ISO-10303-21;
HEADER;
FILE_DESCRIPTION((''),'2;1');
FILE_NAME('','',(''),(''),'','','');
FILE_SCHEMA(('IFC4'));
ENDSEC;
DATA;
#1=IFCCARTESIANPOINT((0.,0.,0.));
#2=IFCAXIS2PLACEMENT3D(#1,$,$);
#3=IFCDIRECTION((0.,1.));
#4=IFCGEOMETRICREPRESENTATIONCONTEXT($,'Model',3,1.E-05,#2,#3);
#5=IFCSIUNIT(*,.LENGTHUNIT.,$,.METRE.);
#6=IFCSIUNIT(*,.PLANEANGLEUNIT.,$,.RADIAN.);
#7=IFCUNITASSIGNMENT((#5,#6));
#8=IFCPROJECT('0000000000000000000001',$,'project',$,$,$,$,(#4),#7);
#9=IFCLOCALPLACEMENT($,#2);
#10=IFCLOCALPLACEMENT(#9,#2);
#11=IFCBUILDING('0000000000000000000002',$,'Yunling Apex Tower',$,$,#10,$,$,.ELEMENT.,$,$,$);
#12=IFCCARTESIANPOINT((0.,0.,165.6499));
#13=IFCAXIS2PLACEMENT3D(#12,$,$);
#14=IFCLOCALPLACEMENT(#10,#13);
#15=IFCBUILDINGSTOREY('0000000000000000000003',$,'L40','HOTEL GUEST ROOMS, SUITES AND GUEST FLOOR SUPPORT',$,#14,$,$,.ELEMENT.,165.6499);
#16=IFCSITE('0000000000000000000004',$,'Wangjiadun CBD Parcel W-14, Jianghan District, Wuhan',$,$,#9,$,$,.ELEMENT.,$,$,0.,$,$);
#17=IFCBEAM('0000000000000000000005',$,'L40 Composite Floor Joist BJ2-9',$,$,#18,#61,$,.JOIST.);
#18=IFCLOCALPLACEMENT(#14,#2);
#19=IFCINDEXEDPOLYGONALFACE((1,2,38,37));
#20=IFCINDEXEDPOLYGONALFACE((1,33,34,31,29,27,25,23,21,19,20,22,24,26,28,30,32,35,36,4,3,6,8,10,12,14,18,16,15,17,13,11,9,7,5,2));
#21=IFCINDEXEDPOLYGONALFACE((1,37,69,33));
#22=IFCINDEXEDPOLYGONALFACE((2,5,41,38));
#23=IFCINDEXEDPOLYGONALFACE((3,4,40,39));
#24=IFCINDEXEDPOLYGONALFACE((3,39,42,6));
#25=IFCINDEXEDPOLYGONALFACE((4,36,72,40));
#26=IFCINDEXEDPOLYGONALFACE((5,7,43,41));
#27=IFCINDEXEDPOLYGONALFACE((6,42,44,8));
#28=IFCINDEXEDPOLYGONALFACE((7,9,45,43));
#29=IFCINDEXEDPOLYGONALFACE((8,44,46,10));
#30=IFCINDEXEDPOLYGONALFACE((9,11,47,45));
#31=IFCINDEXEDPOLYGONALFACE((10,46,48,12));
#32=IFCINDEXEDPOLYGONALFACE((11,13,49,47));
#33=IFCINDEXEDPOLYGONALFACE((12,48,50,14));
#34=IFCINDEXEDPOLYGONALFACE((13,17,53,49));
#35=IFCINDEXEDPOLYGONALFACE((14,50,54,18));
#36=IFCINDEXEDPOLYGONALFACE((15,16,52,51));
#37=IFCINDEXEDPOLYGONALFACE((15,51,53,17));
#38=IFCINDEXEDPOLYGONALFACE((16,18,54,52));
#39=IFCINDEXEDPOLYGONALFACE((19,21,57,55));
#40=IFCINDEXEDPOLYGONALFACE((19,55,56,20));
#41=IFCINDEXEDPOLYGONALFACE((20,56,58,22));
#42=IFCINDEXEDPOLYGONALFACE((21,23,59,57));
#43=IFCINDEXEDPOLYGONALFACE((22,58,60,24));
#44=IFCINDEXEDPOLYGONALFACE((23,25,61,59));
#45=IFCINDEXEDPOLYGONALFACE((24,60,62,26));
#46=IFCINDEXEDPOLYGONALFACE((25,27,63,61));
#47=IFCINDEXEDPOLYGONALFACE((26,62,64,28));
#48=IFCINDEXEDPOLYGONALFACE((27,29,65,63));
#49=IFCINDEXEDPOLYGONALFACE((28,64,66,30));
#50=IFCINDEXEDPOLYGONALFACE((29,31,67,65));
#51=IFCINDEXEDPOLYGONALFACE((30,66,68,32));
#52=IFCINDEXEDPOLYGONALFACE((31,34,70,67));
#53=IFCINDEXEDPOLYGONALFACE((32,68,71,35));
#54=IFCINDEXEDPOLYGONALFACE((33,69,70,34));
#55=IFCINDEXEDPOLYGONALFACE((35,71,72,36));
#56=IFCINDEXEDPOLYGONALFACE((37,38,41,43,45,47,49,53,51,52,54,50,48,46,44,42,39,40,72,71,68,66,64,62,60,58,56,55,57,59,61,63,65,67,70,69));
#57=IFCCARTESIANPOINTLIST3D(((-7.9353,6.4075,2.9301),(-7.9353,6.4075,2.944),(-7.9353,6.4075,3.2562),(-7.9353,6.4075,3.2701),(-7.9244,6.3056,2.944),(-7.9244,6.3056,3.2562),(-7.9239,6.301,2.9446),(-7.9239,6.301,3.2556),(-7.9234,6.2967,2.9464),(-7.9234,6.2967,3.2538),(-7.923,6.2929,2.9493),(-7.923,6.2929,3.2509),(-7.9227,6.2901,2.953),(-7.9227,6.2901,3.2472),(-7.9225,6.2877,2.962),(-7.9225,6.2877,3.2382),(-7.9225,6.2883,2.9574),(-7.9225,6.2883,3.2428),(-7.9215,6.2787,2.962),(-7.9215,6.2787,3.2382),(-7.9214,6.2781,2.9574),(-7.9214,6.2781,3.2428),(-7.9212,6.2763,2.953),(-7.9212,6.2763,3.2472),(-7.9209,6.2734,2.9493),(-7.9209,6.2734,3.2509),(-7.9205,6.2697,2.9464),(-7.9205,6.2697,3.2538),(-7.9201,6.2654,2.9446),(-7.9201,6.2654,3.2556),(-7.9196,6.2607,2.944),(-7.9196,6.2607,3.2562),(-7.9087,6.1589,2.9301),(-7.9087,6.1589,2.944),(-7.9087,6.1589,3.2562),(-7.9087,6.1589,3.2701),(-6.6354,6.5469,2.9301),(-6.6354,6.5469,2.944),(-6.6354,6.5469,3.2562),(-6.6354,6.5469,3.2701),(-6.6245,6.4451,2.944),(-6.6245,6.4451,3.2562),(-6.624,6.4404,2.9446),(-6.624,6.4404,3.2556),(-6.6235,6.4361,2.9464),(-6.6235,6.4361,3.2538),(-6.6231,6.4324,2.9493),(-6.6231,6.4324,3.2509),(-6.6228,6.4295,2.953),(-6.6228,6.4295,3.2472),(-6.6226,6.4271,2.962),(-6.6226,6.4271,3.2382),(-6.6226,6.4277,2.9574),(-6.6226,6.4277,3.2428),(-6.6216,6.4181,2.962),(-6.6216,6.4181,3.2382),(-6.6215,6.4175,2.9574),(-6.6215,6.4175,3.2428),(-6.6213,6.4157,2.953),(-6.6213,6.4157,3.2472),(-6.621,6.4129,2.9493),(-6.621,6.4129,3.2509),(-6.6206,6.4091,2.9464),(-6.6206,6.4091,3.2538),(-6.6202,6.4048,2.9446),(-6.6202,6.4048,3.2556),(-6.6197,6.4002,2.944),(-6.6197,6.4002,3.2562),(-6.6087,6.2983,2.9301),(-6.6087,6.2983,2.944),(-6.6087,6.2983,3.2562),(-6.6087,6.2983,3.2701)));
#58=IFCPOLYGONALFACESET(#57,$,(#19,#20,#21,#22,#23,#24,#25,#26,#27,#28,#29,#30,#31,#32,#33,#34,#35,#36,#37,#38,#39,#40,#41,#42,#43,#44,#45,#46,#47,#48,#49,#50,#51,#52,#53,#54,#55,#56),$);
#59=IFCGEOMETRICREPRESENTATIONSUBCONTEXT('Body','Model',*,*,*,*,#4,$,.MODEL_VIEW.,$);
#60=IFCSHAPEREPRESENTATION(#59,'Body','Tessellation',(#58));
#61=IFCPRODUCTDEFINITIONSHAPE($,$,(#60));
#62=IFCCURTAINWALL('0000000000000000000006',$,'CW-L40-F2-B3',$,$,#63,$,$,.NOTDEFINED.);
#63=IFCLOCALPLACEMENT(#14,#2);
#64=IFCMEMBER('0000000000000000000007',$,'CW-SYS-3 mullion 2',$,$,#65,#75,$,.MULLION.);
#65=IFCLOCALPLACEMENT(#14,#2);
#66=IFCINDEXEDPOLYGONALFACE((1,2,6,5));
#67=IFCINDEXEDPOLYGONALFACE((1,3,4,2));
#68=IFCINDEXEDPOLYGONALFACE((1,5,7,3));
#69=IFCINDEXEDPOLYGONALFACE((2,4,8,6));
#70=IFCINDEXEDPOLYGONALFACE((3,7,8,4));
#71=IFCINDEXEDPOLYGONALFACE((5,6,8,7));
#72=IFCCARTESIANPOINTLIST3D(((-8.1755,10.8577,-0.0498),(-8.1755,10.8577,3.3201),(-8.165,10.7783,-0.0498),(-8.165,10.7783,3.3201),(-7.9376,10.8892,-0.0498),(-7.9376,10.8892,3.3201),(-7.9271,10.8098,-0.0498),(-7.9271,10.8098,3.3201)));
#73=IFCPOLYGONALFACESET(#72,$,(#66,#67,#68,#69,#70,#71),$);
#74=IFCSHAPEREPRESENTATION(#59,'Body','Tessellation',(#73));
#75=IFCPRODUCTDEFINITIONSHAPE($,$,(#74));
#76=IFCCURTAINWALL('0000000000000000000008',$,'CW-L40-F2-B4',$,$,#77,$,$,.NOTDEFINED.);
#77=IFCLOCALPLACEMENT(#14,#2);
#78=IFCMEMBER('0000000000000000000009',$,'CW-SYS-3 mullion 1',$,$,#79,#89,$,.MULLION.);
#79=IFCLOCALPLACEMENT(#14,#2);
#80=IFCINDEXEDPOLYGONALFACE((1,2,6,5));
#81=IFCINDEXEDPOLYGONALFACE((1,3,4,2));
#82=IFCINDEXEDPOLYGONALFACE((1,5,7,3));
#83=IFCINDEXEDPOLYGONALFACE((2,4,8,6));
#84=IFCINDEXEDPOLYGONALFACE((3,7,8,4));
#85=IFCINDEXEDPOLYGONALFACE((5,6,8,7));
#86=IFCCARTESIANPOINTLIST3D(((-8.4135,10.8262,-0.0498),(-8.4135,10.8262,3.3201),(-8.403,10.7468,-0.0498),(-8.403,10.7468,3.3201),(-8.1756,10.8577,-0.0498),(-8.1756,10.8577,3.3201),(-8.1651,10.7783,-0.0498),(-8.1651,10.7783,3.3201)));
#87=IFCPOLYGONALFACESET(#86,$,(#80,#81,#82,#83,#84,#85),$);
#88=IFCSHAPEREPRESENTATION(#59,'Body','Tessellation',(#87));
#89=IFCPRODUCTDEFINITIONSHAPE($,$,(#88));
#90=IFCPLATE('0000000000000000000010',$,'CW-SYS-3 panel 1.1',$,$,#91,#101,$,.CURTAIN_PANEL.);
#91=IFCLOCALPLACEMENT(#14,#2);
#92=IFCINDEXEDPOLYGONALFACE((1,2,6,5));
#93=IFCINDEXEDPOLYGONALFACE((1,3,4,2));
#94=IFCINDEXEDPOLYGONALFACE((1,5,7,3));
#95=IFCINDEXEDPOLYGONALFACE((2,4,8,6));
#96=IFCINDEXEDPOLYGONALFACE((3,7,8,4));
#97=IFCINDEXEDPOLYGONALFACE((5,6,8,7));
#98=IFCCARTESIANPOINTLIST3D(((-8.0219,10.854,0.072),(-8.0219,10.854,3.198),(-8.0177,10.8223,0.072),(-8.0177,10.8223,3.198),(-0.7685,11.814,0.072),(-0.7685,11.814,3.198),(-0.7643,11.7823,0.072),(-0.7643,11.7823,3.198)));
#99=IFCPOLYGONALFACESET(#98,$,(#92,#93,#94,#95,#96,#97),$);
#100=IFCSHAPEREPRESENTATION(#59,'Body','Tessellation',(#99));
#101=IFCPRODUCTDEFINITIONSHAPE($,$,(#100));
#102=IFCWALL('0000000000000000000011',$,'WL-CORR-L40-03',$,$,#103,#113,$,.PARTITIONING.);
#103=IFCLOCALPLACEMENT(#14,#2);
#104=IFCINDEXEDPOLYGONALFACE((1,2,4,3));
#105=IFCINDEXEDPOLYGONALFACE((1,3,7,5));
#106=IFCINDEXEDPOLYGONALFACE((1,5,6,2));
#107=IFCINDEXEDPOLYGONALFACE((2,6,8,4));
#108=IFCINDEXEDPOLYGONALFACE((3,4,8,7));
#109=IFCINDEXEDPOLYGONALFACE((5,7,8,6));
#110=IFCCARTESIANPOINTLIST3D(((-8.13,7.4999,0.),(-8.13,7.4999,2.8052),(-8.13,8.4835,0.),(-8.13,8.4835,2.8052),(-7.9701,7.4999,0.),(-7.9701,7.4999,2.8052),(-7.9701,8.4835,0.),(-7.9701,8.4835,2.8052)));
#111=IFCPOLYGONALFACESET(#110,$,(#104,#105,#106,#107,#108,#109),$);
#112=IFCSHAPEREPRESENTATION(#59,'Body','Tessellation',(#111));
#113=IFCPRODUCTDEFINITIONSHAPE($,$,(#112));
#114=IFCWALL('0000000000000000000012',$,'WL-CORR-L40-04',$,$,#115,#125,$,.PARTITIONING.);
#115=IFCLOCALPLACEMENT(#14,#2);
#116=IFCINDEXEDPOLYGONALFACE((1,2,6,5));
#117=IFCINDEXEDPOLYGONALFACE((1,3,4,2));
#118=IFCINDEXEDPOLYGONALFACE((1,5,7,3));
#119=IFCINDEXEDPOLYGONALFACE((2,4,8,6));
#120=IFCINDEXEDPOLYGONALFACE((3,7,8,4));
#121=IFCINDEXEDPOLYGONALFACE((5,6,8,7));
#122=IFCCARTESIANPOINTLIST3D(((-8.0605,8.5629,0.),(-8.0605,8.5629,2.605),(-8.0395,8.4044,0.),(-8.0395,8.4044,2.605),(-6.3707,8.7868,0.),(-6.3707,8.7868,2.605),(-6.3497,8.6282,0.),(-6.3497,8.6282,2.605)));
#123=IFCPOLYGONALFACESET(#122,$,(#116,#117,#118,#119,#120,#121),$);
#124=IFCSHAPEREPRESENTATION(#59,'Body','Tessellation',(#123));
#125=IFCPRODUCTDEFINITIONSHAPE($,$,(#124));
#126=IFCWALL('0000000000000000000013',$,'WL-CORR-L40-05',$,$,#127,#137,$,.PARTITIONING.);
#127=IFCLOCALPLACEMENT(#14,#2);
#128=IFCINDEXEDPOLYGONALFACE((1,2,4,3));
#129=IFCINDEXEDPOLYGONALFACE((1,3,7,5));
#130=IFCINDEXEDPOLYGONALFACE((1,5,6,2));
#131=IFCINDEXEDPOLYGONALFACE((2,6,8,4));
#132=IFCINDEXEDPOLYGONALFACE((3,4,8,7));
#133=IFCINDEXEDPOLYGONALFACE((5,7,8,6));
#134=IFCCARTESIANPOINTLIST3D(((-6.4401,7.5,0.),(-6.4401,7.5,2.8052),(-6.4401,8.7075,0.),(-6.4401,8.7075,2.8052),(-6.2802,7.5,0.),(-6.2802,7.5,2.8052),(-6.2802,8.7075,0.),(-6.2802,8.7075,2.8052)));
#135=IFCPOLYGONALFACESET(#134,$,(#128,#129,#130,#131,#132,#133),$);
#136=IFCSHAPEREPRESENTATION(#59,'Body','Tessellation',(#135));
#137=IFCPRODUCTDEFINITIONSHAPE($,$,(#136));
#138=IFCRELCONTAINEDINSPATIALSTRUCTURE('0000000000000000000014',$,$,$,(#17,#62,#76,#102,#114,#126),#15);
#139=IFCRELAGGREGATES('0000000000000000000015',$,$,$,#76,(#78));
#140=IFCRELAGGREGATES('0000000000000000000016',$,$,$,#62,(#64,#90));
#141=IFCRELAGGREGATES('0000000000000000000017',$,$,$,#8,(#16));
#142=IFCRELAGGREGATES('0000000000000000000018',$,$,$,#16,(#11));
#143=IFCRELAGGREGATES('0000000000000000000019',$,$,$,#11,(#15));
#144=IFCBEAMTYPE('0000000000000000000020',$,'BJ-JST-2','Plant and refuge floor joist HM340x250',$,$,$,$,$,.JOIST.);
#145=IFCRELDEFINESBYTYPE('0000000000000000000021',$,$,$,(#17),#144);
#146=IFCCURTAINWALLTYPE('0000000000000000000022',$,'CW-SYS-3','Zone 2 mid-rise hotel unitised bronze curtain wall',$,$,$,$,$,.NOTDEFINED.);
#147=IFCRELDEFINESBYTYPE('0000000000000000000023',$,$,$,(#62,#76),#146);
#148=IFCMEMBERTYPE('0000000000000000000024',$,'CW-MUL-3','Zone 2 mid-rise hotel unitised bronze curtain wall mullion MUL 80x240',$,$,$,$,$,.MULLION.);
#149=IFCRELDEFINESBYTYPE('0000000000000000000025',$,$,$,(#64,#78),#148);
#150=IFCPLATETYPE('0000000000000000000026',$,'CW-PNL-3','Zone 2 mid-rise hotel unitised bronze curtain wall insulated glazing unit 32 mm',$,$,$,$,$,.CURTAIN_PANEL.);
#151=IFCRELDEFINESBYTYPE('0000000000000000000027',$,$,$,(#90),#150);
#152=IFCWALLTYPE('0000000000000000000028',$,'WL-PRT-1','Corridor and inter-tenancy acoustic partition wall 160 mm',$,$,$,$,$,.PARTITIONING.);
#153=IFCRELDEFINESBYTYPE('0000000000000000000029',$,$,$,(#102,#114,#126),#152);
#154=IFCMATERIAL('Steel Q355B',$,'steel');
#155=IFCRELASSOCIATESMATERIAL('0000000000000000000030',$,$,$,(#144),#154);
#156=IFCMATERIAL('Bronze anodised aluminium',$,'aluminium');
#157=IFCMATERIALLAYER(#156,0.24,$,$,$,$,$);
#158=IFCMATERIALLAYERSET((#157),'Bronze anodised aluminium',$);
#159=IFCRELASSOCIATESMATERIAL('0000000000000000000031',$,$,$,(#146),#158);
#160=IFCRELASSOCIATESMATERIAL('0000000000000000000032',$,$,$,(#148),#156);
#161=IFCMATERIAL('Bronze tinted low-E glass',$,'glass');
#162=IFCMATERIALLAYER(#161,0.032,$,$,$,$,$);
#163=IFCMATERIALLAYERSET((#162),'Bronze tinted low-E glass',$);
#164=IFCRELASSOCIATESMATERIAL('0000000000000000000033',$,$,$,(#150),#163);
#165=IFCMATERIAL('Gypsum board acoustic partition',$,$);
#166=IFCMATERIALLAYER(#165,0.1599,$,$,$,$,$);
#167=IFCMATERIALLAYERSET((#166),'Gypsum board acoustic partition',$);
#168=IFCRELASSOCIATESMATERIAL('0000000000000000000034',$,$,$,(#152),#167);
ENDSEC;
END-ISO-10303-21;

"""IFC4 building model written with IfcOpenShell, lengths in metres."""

from ifc_helpers import new_model, si_unit, direction, frame, frame_2d, origin, origin_2d, place, context, subcontext, project, spatial, rectangle, i_section, extrude, source, transform, mapped, material, layer, layer_set, material_profile, profile_set, type_object, element, aggregate, save


model = new_model("IFC4")

# Units and contexts
model_context = context("Model", 3, precision=1e-05, world=origin(), true_north=direction((0.0, 1.0)))
body_context = subcontext(model_context, "Body", "Model", "MODEL_VIEW")
ifc_project = project(units=[si_unit("LENGTHUNIT", "METRE"), si_unit("PLANEANGLEUNIT", "RADIAN")], contexts=[model_context])

# Site, building, storey
site_placement = place(None, origin())
site = spatial("IfcSite", under=ifc_project, at=site_placement, Name="Wangjiadun CBD Parcel W-14, Jianghan District, Wuhan", CompositionType="ELEMENT", RefElevation=0.0)
building_placement = place(site_placement, origin())
building = spatial("IfcBuilding", under=site, at=building_placement, Name="Yunling Apex Tower", CompositionType="ELEMENT")
storey_placement = place(building_placement, frame((0.0, 0.0, 165.6499)))
storey = spatial("IfcBuildingStorey", under=building, at=storey_placement, Name="L40", Description="HOTEL GUEST ROOMS, SUITES AND GUEST FLOOR SUPPORT", CompositionType="ELEMENT", Elevation=165.6499)

# Beam
ifc_material_1 = material(Name="Steel Q355B", Category="steel")
ifc_material_profile_1 = material_profile(ifc_material_1, i_section(OverallWidth=0.25, OverallDepth=0.3401, WebThickness=0.009, FlangeThickness=0.0139, FilletRadius=0.0181, at=origin_2d()))
ifc_profile_set_1 = profile_set([ifc_material_profile_1], Name="Steel Q355B")
beam_type_1 = type_object("IfcBeamType", Name="BJ-JST-2", Description="Plant and refuge floor joist HM340x250", PredefinedType="JOIST", material=ifc_profile_set_1)
shared_shape_1 = source(origin(), body_context, "Body", "SweptSolid", [
    extrude(i_section(OverallWidth=0.25, OverallDepth=0.3401, WebThickness=0.009, FlangeThickness=0.0139, FilletRadius=0.0181, at=origin_2d()), origin(), (0.0, 0.0, 1.0), 1.3074),
])
beam_1_placement = place(storey_placement, frame((-6.6221, 6.4226, 3.1001), z_axis=(-0.994298, -0.106639, 0.0), x_axis=(0.106639, -0.994298, 0.0)))
element("IfcBeam", 1, at=beam_1_placement, inside=storey, type_object=beam_type_1, Name="L40 Composite Floor Joist BJ2-9", PredefinedType="JOIST", context=body_context, shape_type="MappedRepresentation", body=[
    mapped(shared_shape_1, transform((0.0, 0.0, 0.0), scale=1.0)),
])

# Curtain walls, members
ifc_material_2 = material(Name="Bronze anodised aluminium", Category="aluminium")
ifc_layer_1 = layer(ifc_material_2, 0.24)
ifc_layer_set_1 = layer_set([ifc_layer_1], Name="Bronze anodised aluminium")
curtain_wall_type = type_object("IfcCurtainWallType", Name="CW-SYS-3", Description="Zone 2 mid-rise hotel unitised bronze curtain wall", PredefinedType="NOTDEFINED", material=ifc_layer_set_1)
curtain_wall_1_placement = place(storey_placement, origin())
curtain_wall_1 = element("IfcCurtainWall", 2, at=curtain_wall_1_placement, inside=storey, type_object=curtain_wall_type, Name="CW-L40-F2-B3", PredefinedType="NOTDEFINED")
ifc_material_profile_2 = material_profile(ifc_material_2, rectangle(XDim=0.0801, YDim=0.24, at=origin_2d()))
ifc_profile_set_2 = profile_set([ifc_material_profile_2], Name="Bronze anodised aluminium")
member_type = type_object("IfcMemberType", Name="CW-MUL-3", Description="Zone 2 mid-rise hotel unitised bronze curtain wall mullion MUL 80x240", PredefinedType="MULLION", material=ifc_profile_set_2)
shared_shape_2 = source(origin(), body_context, "Body", "SweptSolid", [
    extrude(rectangle(XDim=0.0801, YDim=0.24, at=origin_2d()), origin(), (0.0, 0.0, 1.0), 3.3699),
])
member_1_placement = place(storey_placement, frame((-8.0513, 10.8337, -0.0498), z_axis=(0.0, 0.0, 1.0), x_axis=(0.131209, -0.991355, 0.0)))
member_1 = element("IfcMember", 3, at=member_1_placement, type_object=member_type, Name="CW-SYS-3 mullion 2", PredefinedType="MULLION", context=body_context, shape_type="MappedRepresentation", body=[
    mapped(shared_shape_2, transform((0.0, 0.0, 0.0), scale=1.0)),
])
curtain_wall_2_placement = place(storey_placement, origin())
curtain_wall_2 = element("IfcCurtainWall", 4, at=curtain_wall_2_placement, inside=storey, type_object=curtain_wall_type, Name="CW-L40-F2-B4", PredefinedType="NOTDEFINED")
member_2_placement = place(storey_placement, frame((-8.2893, 10.8022, -0.0498), z_axis=(0.0, 0.0, 1.0), x_axis=(0.131222, -0.991353, 0.0)))
member_2 = element("IfcMember", 5, at=member_2_placement, type_object=member_type, Name="CW-SYS-3 mullion 1", PredefinedType="MULLION", context=body_context, shape_type="MappedRepresentation", body=[
    mapped(shared_shape_2, transform((0.0, 0.0, 0.0), scale=1.0)),
])
aggregate(curtain_wall_2, [member_2])

# Plate
ifc_material_3 = material(Name="Bronze tinted low-E glass", Category="glass")
ifc_layer_2 = layer(ifc_material_3, 0.032)
ifc_layer_set_2 = layer_set([ifc_layer_2], Name="Bronze tinted low-E glass")
plate_type = type_object("IfcPlateType", Name="CW-PNL-3", Description="Zone 2 mid-rise hotel unitised bronze curtain wall insulated glazing unit 32 mm", PredefinedType="CURTAIN_PANEL", material=ifc_layer_set_2)
shared_shape_3 = source(origin(), body_context, "Body", "SweptSolid", [
    extrude(rectangle(XDim=7.3167, YDim=0.032, at=origin_2d()), origin(), (0.0, 0.0, 1.0), 3.126),
])
plate_placement = place(storey_placement, frame((-4.3931, 11.3181, 0.072), z_axis=(0.0, 0.0, 1.0), x_axis=(-0.991355, -0.131209, 0.0)))
plate = element("IfcPlate", 6, at=plate_placement, type_object=plate_type, Name="CW-SYS-3 panel 1.1", PredefinedType="CURTAIN_PANEL", context=body_context, shape_type="MappedRepresentation", body=[
    mapped(shared_shape_3, transform((0.0, 0.0, 0.0), scale=1.0)),
])
aggregate(curtain_wall_1, [member_1, plate])

# Walls
ifc_material_4 = material(Name="Gypsum board acoustic partition")
ifc_layer_3 = layer(ifc_material_4, 0.1599)
ifc_layer_set_3 = layer_set([ifc_layer_3], Name="Gypsum board acoustic partition")
wall_type_1 = type_object("IfcWallType", Name="WL-PRT-1", Description="Corridor and inter-tenancy acoustic partition wall 160 mm", PredefinedType="PARTITIONING", material=ifc_layer_set_3)
wall_1_placement = place(storey_placement, frame((-8.05, 7.5, 0.0), z_axis=(0.0, 0.0, 1.0), x_axis=(0.0, 1.0, 0.0)))
element("IfcWall", 7, at=wall_1_placement, inside=storey, type_object=wall_type_1, Name="WL-CORR-L40-03", PredefinedType="PARTITIONING", context=body_context, shape_type="SweptSolid", body=[
    extrude(rectangle(XDim=0.9836, YDim=0.1599, at=frame_2d((0.4917, 0.0))), origin(), (0.0, 0.0, 1.0), 2.8052),
])
wall_2_placement = place(storey_placement, frame((-8.05, 8.4836, 0.0), z_axis=(0.0, 0.0, 1.0), x_axis=(0.991339, 0.131329, 0.0)))
element("IfcWall", 8, at=wall_2_placement, inside=storey, type_object=wall_type_1, Name="WL-CORR-L40-04", PredefinedType="PARTITIONING", context=body_context, shape_type="SweptSolid", body=[
    extrude(rectangle(XDim=1.7046, YDim=0.1599, at=frame_2d((0.8523, 0.0))), origin(), (0.0, 0.0, 1.0), 2.605),
])
wall_3_placement = place(storey_placement, frame((-6.3601, 8.7075, 0.0), z_axis=(0.0, 0.0, 1.0), x_axis=(0.0, -1.0, 0.0)))
element("IfcWall", 9, at=wall_3_placement, inside=storey, type_object=wall_type_1, Name="WL-CORR-L40-05", PredefinedType="PARTITIONING", context=body_context, shape_type="SweptSolid", body=[
    extrude(rectangle(XDim=1.2075, YDim=0.1599, at=frame_2d((0.6038, 0.0))), origin(), (0.0, 0.0, 1.0), 2.8052),
])

save(model, "model.ifc")
